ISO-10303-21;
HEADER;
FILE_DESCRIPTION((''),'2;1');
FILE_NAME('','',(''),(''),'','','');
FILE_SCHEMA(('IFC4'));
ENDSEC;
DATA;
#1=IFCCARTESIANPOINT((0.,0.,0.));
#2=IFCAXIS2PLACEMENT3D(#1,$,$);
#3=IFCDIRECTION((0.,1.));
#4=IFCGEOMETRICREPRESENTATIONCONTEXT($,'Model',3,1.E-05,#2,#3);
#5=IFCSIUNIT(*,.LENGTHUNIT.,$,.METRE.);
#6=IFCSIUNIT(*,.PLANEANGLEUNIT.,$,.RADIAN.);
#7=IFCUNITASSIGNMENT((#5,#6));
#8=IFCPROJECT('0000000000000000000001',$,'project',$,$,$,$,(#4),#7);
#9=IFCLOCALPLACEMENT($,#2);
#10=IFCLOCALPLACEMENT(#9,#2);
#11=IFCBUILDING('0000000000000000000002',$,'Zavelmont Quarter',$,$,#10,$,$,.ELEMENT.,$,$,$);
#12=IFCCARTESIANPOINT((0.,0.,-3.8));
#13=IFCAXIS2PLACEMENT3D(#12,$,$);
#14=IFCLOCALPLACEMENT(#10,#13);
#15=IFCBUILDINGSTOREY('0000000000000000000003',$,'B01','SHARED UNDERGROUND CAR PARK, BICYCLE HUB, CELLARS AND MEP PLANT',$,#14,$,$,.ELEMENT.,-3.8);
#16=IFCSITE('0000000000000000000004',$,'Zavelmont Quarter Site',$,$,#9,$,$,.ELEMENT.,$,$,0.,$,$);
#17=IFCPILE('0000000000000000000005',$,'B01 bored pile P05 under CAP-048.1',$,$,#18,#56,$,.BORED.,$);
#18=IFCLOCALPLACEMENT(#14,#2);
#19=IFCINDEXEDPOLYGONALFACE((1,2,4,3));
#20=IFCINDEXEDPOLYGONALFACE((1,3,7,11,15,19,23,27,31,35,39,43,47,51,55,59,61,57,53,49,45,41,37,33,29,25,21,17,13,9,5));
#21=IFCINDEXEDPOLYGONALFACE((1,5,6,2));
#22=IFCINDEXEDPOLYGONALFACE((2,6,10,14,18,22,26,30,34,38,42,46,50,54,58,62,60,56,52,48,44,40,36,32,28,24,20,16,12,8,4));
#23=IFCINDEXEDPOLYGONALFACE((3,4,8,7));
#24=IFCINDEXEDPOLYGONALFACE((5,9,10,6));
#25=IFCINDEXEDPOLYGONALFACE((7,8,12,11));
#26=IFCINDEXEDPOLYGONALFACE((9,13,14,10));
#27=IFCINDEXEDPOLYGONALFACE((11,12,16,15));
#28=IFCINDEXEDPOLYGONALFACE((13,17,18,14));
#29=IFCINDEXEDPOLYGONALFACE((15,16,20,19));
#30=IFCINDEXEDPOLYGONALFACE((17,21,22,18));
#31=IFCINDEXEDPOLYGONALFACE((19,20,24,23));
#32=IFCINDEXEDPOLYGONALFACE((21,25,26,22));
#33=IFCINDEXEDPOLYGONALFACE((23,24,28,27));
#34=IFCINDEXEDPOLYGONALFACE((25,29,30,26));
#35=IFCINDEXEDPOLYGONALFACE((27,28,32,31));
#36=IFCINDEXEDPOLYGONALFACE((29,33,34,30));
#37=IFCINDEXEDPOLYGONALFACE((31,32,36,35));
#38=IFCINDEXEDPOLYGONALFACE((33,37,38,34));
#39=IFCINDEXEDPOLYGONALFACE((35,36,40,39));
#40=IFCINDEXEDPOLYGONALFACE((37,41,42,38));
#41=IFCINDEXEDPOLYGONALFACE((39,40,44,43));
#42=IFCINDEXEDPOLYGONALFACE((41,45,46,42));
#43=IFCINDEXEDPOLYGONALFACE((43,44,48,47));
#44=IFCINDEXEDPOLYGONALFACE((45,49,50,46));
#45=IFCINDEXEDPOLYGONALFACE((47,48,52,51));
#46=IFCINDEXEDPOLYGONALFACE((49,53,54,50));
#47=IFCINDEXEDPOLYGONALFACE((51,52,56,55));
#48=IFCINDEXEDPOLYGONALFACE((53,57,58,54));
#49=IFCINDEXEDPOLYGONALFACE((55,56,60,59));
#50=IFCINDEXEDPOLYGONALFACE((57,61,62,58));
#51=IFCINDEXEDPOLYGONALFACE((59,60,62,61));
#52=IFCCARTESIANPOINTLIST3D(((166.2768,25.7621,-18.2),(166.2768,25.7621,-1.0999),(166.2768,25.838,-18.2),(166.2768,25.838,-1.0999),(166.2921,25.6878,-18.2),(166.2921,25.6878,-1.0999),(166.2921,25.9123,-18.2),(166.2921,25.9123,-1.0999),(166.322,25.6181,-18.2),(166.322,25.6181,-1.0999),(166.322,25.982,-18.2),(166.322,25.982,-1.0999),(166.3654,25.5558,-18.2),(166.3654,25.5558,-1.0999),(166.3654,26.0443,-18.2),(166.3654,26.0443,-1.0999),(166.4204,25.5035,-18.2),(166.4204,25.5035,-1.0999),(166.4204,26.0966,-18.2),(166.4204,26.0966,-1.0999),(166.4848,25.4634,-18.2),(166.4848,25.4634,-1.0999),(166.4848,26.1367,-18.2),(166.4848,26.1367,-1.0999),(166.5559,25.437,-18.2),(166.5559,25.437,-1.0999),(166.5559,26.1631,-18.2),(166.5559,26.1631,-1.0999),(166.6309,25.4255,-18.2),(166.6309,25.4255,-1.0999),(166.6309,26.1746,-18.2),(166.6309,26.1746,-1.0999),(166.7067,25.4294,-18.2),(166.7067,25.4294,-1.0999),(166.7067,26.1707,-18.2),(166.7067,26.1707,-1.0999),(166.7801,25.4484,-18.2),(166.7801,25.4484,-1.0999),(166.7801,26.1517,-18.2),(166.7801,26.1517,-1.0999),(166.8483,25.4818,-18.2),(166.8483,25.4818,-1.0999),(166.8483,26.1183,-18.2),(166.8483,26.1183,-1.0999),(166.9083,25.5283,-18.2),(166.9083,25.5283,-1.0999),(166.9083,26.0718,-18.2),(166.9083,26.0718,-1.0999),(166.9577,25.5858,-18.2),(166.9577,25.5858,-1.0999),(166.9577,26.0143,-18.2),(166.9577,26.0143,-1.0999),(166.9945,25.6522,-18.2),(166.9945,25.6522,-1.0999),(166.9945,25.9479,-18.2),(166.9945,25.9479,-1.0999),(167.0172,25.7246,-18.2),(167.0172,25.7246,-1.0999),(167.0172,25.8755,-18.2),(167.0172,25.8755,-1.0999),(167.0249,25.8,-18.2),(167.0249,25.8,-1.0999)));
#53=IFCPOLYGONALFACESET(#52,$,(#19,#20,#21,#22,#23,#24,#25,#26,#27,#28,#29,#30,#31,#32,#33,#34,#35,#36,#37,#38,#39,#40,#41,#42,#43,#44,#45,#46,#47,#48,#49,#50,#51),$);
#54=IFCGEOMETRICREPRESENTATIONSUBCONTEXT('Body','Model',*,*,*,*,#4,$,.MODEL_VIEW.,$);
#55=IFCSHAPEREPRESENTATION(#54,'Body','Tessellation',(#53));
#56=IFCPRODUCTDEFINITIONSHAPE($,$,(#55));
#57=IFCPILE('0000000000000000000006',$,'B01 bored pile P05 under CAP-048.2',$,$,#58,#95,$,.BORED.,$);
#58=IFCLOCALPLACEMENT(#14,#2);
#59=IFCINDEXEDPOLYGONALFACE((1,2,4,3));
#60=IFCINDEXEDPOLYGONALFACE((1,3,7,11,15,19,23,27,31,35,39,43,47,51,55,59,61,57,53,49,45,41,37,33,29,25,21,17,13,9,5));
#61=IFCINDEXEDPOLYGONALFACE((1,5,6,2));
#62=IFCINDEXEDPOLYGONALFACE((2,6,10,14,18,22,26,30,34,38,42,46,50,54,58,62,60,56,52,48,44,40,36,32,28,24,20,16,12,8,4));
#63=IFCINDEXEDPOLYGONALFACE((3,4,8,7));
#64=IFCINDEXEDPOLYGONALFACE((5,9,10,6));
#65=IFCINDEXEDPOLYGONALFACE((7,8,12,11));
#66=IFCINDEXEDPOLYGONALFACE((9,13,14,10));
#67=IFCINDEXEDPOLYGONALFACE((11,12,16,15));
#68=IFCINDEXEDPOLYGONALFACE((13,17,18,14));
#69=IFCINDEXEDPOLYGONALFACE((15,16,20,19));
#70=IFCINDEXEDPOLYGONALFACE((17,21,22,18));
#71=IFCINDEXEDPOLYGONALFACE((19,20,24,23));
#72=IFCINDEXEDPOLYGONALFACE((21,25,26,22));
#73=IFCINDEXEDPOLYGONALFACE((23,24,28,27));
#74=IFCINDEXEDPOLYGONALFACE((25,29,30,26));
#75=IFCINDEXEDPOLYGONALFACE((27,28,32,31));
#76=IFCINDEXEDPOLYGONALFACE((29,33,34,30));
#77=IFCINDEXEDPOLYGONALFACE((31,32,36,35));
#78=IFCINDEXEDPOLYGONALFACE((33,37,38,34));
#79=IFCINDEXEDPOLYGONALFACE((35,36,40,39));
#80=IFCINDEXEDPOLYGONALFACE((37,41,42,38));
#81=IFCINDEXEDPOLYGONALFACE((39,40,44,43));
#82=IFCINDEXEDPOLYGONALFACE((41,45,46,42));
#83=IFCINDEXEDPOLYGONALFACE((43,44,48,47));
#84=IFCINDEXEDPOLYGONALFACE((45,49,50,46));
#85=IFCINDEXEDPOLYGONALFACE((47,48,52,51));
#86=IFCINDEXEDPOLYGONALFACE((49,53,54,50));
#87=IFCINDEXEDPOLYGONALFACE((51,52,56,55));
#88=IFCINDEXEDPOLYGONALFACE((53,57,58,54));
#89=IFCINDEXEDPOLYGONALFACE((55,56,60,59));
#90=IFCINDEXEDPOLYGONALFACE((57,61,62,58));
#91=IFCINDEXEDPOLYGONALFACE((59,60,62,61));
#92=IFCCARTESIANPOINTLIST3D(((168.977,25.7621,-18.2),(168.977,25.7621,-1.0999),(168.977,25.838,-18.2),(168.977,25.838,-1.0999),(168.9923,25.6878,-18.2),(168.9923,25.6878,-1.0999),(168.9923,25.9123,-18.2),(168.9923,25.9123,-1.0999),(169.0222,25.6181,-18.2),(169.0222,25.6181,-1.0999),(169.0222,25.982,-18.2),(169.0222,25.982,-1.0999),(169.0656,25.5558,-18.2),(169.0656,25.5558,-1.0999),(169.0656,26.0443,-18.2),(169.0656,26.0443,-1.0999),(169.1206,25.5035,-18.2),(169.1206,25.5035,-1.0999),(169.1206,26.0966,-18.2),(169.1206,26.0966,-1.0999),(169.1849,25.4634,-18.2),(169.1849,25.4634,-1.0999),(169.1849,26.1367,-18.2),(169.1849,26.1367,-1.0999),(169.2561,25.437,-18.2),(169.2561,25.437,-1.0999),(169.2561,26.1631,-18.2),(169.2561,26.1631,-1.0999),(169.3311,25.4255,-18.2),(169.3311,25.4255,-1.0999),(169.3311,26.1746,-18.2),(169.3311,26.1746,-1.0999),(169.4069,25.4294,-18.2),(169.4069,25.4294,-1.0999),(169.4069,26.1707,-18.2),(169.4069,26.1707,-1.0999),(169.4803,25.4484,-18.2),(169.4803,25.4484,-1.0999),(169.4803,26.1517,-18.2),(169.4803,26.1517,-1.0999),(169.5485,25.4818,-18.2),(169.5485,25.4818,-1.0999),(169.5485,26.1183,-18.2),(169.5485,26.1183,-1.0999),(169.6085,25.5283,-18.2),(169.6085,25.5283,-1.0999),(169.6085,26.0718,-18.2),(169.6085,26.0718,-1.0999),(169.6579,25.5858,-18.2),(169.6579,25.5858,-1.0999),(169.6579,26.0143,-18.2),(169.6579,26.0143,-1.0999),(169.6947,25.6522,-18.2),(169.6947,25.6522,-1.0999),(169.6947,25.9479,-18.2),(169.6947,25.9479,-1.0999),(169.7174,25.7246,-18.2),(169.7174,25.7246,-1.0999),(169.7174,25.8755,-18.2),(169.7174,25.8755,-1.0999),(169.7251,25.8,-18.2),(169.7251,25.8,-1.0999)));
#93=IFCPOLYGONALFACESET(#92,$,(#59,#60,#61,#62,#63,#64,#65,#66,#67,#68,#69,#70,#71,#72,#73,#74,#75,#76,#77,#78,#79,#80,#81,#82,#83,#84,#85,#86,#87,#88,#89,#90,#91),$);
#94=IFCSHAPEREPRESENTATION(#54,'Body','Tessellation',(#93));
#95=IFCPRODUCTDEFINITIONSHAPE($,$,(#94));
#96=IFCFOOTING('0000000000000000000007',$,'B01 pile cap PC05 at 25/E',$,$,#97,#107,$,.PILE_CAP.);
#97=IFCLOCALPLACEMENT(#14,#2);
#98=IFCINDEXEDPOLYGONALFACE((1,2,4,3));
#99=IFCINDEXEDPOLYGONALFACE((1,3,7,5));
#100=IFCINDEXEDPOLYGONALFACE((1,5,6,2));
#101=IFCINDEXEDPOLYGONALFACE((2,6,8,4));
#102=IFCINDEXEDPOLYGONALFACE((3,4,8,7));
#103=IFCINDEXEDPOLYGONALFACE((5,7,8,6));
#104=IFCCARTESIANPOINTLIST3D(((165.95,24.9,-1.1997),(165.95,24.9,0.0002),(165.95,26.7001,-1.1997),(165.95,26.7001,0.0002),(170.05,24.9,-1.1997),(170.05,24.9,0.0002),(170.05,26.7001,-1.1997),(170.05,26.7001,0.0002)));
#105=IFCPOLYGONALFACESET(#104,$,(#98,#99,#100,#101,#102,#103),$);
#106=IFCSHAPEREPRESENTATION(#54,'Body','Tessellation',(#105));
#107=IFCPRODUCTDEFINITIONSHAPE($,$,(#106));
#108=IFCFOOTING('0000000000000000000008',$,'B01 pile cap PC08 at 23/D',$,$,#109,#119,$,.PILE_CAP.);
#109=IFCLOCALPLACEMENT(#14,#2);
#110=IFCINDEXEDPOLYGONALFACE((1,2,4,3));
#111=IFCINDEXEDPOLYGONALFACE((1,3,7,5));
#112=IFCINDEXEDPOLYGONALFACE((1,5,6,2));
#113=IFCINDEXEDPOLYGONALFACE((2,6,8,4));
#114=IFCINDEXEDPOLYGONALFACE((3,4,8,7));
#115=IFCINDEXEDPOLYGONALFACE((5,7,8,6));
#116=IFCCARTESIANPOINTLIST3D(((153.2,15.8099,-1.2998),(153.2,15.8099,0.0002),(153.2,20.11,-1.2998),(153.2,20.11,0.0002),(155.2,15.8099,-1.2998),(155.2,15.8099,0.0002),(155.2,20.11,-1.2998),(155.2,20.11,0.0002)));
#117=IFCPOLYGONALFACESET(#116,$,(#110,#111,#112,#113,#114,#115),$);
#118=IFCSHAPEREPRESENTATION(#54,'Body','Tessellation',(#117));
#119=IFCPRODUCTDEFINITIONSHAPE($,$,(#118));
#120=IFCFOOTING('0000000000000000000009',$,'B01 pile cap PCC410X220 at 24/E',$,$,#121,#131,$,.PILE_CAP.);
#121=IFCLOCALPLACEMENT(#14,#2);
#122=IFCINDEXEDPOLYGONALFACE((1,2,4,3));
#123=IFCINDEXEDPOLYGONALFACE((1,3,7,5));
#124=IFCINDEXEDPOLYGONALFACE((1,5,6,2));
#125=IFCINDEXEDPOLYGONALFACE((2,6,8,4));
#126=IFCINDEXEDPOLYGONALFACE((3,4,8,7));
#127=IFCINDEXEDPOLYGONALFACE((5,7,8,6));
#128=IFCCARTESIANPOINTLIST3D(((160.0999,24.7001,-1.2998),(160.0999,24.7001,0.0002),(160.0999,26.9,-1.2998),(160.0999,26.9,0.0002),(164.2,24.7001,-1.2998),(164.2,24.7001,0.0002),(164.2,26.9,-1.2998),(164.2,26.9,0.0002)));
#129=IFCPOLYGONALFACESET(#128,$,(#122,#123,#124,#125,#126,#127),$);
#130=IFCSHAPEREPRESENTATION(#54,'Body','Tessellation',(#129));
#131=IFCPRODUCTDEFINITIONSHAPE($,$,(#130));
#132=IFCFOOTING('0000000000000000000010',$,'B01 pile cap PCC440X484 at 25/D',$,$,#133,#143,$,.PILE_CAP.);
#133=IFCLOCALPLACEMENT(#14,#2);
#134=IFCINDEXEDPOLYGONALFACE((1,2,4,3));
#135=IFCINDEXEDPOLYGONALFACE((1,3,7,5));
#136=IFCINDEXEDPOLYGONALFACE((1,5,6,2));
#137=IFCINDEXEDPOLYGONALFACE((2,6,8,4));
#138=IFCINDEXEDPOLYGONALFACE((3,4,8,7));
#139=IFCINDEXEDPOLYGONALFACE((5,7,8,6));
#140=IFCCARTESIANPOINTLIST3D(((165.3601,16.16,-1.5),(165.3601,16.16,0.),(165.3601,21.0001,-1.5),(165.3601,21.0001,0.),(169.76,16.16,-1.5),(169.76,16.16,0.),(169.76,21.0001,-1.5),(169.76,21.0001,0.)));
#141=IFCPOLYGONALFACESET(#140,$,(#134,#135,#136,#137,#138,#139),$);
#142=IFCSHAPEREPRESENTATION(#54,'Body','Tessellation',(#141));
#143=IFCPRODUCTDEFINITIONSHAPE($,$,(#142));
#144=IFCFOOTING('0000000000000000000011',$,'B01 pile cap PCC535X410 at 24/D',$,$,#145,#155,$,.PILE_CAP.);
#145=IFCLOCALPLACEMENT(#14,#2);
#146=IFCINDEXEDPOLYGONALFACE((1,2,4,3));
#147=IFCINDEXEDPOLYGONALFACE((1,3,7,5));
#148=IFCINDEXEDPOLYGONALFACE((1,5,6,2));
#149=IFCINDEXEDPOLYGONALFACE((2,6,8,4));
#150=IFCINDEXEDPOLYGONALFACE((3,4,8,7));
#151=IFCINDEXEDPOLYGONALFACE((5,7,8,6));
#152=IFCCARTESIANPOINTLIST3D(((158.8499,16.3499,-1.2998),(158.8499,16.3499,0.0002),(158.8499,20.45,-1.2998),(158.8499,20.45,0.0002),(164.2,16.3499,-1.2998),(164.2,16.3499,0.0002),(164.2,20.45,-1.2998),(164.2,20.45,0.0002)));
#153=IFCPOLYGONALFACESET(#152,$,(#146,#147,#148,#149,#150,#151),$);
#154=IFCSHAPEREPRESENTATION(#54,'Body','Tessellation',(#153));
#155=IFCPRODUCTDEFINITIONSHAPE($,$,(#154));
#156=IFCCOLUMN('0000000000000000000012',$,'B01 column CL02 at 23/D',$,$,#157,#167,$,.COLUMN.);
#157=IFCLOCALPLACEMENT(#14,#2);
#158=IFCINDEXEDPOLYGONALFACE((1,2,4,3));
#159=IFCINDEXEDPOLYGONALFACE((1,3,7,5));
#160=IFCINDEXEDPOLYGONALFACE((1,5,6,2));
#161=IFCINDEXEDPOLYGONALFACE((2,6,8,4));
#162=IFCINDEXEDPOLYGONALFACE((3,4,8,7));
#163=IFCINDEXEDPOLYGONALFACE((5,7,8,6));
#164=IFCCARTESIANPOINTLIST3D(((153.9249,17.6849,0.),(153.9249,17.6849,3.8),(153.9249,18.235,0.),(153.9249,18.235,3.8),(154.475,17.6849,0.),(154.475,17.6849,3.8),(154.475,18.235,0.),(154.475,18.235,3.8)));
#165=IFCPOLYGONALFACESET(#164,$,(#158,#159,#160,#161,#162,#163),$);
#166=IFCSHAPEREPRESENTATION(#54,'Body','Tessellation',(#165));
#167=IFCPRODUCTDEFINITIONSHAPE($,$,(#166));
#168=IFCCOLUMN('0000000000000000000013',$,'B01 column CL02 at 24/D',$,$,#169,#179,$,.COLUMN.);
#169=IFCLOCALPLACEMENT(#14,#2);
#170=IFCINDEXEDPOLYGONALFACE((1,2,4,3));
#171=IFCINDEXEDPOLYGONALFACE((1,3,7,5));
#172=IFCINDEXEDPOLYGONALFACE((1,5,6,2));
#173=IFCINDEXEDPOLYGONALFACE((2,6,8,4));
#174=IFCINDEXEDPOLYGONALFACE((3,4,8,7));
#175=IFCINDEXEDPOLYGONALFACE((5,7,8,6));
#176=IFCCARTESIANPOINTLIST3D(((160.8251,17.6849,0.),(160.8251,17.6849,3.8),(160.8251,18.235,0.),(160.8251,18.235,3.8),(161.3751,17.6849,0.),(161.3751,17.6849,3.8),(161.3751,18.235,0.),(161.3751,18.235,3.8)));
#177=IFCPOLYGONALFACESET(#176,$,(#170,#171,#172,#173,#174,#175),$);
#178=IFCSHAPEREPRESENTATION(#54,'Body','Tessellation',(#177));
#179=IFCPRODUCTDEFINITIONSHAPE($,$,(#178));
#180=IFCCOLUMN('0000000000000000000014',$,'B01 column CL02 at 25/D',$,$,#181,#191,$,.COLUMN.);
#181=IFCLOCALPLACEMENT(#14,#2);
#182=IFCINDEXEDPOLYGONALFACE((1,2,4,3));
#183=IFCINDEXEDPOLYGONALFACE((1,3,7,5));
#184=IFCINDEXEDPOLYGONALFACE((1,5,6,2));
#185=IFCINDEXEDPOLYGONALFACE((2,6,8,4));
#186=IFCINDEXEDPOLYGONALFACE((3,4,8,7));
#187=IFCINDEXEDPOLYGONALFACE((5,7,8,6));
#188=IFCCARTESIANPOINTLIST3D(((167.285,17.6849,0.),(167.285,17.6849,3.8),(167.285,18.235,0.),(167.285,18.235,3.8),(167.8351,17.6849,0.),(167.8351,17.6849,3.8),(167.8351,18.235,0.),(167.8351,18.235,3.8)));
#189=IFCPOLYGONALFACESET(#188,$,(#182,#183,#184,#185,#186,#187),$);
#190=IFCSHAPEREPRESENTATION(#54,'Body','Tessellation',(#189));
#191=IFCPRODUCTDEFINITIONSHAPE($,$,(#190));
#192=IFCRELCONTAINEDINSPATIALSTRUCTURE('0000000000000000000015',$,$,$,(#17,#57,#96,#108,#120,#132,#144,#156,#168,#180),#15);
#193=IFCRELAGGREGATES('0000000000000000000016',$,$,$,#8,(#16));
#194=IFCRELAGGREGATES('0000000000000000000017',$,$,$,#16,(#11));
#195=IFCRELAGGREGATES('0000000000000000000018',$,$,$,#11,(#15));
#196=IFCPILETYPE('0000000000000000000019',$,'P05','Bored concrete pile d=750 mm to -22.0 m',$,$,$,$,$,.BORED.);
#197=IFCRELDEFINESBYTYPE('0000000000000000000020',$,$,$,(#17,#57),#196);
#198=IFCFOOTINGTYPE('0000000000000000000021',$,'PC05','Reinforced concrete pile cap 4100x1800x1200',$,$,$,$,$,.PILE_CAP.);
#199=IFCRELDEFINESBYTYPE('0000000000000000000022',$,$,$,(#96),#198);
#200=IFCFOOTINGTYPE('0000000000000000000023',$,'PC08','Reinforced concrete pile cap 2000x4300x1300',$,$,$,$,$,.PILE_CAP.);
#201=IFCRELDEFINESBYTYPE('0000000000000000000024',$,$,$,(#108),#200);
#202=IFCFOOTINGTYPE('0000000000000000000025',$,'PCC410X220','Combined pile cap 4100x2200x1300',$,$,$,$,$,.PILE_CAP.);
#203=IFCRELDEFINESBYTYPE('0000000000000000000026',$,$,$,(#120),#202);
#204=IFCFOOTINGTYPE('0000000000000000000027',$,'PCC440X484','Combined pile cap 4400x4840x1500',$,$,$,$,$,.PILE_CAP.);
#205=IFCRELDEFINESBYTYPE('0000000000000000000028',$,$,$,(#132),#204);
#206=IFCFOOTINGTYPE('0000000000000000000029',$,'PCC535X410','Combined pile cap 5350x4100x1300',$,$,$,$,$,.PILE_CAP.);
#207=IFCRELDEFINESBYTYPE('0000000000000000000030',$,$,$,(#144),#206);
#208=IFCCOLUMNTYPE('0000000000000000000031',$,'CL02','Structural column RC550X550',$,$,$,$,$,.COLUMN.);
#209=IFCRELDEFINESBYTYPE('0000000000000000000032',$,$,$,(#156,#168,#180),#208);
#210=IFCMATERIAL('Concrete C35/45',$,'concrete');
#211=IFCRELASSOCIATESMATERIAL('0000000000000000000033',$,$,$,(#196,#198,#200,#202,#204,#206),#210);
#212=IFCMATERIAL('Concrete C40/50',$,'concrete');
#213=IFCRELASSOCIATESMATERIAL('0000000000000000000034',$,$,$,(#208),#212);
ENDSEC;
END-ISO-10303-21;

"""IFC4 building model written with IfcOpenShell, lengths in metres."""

from ifc_helpers import new_model, si_unit, direction, frame, origin, origin_2d, place, context, subcontext, project, spatial, rectangle, circle, extrude, material, material_profile, profile_set, type_object, element, save


model = new_model("IFC4")

# Units and contexts
model_context = context("Model", 3, precision=1e-05, world=origin(), true_north=direction((0.0, 1.0)))
body_context = subcontext(model_context, "Body", "Model", "MODEL_VIEW")
ifc_project = project(units=[si_unit("LENGTHUNIT", "METRE"), si_unit("PLANEANGLEUNIT", "RADIAN")], contexts=[model_context])

# Site, building, storey
site_placement = place(None, origin())
site = spatial("IfcSite", under=ifc_project, at=site_placement, Name="Zavelmont Quarter Site", CompositionType="ELEMENT", RefElevation=0.0)
building_placement = place(site_placement, origin())
building = spatial("IfcBuilding", under=site, at=building_placement, Name="Zavelmont Quarter", CompositionType="ELEMENT")
storey_placement = place(building_placement, frame((0.0, 0.0, -3.8)))
storey = spatial("IfcBuildingStorey", under=building, at=storey_placement, Name="B01", Description="SHARED UNDERGROUND CAR PARK, BICYCLE HUB, CELLARS AND MEP PLANT", CompositionType="ELEMENT", Elevation=-3.8)

# Shared definitions
ifc_material_1 = material(Name="Concrete C35/45", Category="concrete")

# Piles
ifc_material_profile_1 = material_profile(ifc_material_1, circle(Radius=0.375, at=origin_2d()), Name="BP750")
ifc_profile_set_1 = profile_set([ifc_material_profile_1], Name="Concrete C35/45")
pile_type_1 = type_object("IfcPileType", Name="P05", Description="Bored concrete pile d=750 mm to -22.0 m", PredefinedType="BORED", material=ifc_profile_set_1)
for number, where, z_axis, x_axis, name in (
    (1, (166.6499, 25.8, -1.0999), (0.0, 0.0, -1.0), (1.0, 0.0, 0.0), "B01 bored pile P05 under CAP-048.1"),
    (2, (169.3501, 25.8, -1.0999), (0.0, 0.0, -1.0), (1.0, 0.0, 0.0), "B01 bored pile P05 under CAP-048.2"),
):
    element("IfcPile", number, at=place(storey_placement, frame(where, z_axis=z_axis, x_axis=x_axis)), inside=storey, type_object=pile_type_1, Name=name, PredefinedType="BORED", context=body_context, shape_type="SweptSolid", body=[
        extrude(circle(Radius=0.375, at=origin_2d()), origin(), (0.0, 0.0, 1.0), 17.1001),
    ])

# Footings
footing_type_1 = type_object("IfcFootingType", Name="PC05", Description="Reinforced concrete pile cap 4100x1800x1200", PredefinedType="PILE_CAP", material=ifc_material_1)
footing_1_placement = place(storey_placement, frame((168.0, 25.8, -1.1997), z_axis=(0.0, 0.0, 1.0), x_axis=(1.0, 0.0, 0.0)))
element("IfcFooting", 3, at=footing_1_placement, inside=storey, type_object=footing_type_1, Name="B01 pile cap PC05 at 25/E", PredefinedType="PILE_CAP", context=body_context, shape_type="SweptSolid", body=[
    extrude(rectangle(XDim=4.1001, YDim=1.8, at=origin_2d()), origin(), (0.0, 0.0, 1.0), 1.2),
])
footing_type_2 = type_object("IfcFootingType", Name="PC08", Description="Reinforced concrete pile cap 2000x4300x1300", PredefinedType="PILE_CAP", material=ifc_material_1)
footing_2_placement = place(storey_placement, frame((154.2, 17.96, -1.2998), z_axis=(0.0, 0.0, 1.0), x_axis=(1.0, 0.0, 0.0)))
element("IfcFooting", 4, at=footing_2_placement, inside=storey, type_object=footing_type_2, Name="B01 pile cap PC08 at 23/D", PredefinedType="PILE_CAP", context=body_context, shape_type="SweptSolid", body=[
    extrude(rectangle(XDim=2.0, YDim=4.3, at=origin_2d()), origin(), (0.0, 0.0, 1.0), 1.3),
])
footing_type_3 = type_object("IfcFootingType", Name="PCC410X220", Description="Combined pile cap 4100x2200x1300", PredefinedType="PILE_CAP", material=ifc_material_1)
footing_3_placement = place(storey_placement, frame((162.1499, 25.8, -1.2998), z_axis=(0.0, 0.0, 1.0), x_axis=(1.0, 0.0, 0.0)))
element("IfcFooting", 5, at=footing_3_placement, inside=storey, type_object=footing_type_3, Name="B01 pile cap PCC410X220 at 24/E", PredefinedType="PILE_CAP", context=body_context, shape_type="SweptSolid", body=[
    extrude(rectangle(XDim=4.1001, YDim=2.2, at=origin_2d()), origin(), (0.0, 0.0, 1.0), 1.3),
])
footing_type_4 = type_object("IfcFootingType", Name="PCC440X484", Description="Combined pile cap 4400x4840x1500", PredefinedType="PILE_CAP", material=ifc_material_1)
footing_4_placement = place(storey_placement, frame((167.5601, 18.5801, -1.5), z_axis=(0.0, 0.0, 1.0), x_axis=(1.0, 0.0, 0.0)))
element("IfcFooting", 6, at=footing_4_placement, inside=storey, type_object=footing_type_4, Name="B01 pile cap PCC440X484 at 25/D", PredefinedType="PILE_CAP", context=body_context, shape_type="SweptSolid", body=[
    extrude(rectangle(XDim=4.3999, YDim=4.8401, at=origin_2d()), origin(), (0.0, 0.0, 1.0), 1.5),
])
footing_type_5 = type_object("IfcFootingType", Name="PCC535X410", Description="Combined pile cap 5350x4100x1300", PredefinedType="PILE_CAP", material=ifc_material_1)
footing_5_placement = place(storey_placement, frame((161.5249, 18.3999, -1.2998), z_axis=(0.0, 0.0, 1.0), x_axis=(1.0, 0.0, 0.0)))
element("IfcFooting", 7, at=footing_5_placement, inside=storey, type_object=footing_type_5, Name="B01 pile cap PCC535X410 at 24/D", PredefinedType="PILE_CAP", context=body_context, shape_type="SweptSolid", body=[
    extrude(rectangle(XDim=5.3501, YDim=4.1001, at=origin_2d()), origin(), (0.0, 0.0, 1.0), 1.3),
])

# Columns
ifc_material_2 = material(Name="Concrete C40/50", Category="concrete")
ifc_material_profile_2 = material_profile(ifc_material_2, rectangle(XDim=0.55, YDim=0.55, at=origin_2d()), Name="RC550X550")
ifc_profile_set_2 = profile_set([ifc_material_profile_2], Name="Concrete C40/50")
column_type_1 = type_object("IfcColumnType", Name="CL02", Description="Structural column RC550X550", PredefinedType="COLUMN", material=ifc_profile_set_2)
for number, where, z_axis, x_axis, name in (
    (8, (154.2, 17.96, 0.0), (0.0, 0.0, 1.0), (1.0, 0.0, 0.0), "B01 column CL02 at 23/D"),
    (9, (161.1001, 17.96, 0.0), (0.0, 0.0, 1.0), (1.0, 0.0, 0.0), "B01 column CL02 at 24/D"),
    (10, (167.5601, 17.96, 0.0), (0.0, 0.0, 1.0), (1.0, 0.0, 0.0), "B01 column CL02 at 25/D"),
):
    element("IfcColumn", number, at=place(storey_placement, frame(where, z_axis=z_axis, x_axis=x_axis)), inside=storey, type_object=column_type_1, Name=name, PredefinedType="COLUMN", context=body_context, shape_type="SweptSolid", body=[
        extrude(rectangle(XDim=0.55, YDim=0.55, at=origin_2d()), origin(), (0.0, 0.0, 1.0), 3.8),
    ])

save(model, "model.ifc")
